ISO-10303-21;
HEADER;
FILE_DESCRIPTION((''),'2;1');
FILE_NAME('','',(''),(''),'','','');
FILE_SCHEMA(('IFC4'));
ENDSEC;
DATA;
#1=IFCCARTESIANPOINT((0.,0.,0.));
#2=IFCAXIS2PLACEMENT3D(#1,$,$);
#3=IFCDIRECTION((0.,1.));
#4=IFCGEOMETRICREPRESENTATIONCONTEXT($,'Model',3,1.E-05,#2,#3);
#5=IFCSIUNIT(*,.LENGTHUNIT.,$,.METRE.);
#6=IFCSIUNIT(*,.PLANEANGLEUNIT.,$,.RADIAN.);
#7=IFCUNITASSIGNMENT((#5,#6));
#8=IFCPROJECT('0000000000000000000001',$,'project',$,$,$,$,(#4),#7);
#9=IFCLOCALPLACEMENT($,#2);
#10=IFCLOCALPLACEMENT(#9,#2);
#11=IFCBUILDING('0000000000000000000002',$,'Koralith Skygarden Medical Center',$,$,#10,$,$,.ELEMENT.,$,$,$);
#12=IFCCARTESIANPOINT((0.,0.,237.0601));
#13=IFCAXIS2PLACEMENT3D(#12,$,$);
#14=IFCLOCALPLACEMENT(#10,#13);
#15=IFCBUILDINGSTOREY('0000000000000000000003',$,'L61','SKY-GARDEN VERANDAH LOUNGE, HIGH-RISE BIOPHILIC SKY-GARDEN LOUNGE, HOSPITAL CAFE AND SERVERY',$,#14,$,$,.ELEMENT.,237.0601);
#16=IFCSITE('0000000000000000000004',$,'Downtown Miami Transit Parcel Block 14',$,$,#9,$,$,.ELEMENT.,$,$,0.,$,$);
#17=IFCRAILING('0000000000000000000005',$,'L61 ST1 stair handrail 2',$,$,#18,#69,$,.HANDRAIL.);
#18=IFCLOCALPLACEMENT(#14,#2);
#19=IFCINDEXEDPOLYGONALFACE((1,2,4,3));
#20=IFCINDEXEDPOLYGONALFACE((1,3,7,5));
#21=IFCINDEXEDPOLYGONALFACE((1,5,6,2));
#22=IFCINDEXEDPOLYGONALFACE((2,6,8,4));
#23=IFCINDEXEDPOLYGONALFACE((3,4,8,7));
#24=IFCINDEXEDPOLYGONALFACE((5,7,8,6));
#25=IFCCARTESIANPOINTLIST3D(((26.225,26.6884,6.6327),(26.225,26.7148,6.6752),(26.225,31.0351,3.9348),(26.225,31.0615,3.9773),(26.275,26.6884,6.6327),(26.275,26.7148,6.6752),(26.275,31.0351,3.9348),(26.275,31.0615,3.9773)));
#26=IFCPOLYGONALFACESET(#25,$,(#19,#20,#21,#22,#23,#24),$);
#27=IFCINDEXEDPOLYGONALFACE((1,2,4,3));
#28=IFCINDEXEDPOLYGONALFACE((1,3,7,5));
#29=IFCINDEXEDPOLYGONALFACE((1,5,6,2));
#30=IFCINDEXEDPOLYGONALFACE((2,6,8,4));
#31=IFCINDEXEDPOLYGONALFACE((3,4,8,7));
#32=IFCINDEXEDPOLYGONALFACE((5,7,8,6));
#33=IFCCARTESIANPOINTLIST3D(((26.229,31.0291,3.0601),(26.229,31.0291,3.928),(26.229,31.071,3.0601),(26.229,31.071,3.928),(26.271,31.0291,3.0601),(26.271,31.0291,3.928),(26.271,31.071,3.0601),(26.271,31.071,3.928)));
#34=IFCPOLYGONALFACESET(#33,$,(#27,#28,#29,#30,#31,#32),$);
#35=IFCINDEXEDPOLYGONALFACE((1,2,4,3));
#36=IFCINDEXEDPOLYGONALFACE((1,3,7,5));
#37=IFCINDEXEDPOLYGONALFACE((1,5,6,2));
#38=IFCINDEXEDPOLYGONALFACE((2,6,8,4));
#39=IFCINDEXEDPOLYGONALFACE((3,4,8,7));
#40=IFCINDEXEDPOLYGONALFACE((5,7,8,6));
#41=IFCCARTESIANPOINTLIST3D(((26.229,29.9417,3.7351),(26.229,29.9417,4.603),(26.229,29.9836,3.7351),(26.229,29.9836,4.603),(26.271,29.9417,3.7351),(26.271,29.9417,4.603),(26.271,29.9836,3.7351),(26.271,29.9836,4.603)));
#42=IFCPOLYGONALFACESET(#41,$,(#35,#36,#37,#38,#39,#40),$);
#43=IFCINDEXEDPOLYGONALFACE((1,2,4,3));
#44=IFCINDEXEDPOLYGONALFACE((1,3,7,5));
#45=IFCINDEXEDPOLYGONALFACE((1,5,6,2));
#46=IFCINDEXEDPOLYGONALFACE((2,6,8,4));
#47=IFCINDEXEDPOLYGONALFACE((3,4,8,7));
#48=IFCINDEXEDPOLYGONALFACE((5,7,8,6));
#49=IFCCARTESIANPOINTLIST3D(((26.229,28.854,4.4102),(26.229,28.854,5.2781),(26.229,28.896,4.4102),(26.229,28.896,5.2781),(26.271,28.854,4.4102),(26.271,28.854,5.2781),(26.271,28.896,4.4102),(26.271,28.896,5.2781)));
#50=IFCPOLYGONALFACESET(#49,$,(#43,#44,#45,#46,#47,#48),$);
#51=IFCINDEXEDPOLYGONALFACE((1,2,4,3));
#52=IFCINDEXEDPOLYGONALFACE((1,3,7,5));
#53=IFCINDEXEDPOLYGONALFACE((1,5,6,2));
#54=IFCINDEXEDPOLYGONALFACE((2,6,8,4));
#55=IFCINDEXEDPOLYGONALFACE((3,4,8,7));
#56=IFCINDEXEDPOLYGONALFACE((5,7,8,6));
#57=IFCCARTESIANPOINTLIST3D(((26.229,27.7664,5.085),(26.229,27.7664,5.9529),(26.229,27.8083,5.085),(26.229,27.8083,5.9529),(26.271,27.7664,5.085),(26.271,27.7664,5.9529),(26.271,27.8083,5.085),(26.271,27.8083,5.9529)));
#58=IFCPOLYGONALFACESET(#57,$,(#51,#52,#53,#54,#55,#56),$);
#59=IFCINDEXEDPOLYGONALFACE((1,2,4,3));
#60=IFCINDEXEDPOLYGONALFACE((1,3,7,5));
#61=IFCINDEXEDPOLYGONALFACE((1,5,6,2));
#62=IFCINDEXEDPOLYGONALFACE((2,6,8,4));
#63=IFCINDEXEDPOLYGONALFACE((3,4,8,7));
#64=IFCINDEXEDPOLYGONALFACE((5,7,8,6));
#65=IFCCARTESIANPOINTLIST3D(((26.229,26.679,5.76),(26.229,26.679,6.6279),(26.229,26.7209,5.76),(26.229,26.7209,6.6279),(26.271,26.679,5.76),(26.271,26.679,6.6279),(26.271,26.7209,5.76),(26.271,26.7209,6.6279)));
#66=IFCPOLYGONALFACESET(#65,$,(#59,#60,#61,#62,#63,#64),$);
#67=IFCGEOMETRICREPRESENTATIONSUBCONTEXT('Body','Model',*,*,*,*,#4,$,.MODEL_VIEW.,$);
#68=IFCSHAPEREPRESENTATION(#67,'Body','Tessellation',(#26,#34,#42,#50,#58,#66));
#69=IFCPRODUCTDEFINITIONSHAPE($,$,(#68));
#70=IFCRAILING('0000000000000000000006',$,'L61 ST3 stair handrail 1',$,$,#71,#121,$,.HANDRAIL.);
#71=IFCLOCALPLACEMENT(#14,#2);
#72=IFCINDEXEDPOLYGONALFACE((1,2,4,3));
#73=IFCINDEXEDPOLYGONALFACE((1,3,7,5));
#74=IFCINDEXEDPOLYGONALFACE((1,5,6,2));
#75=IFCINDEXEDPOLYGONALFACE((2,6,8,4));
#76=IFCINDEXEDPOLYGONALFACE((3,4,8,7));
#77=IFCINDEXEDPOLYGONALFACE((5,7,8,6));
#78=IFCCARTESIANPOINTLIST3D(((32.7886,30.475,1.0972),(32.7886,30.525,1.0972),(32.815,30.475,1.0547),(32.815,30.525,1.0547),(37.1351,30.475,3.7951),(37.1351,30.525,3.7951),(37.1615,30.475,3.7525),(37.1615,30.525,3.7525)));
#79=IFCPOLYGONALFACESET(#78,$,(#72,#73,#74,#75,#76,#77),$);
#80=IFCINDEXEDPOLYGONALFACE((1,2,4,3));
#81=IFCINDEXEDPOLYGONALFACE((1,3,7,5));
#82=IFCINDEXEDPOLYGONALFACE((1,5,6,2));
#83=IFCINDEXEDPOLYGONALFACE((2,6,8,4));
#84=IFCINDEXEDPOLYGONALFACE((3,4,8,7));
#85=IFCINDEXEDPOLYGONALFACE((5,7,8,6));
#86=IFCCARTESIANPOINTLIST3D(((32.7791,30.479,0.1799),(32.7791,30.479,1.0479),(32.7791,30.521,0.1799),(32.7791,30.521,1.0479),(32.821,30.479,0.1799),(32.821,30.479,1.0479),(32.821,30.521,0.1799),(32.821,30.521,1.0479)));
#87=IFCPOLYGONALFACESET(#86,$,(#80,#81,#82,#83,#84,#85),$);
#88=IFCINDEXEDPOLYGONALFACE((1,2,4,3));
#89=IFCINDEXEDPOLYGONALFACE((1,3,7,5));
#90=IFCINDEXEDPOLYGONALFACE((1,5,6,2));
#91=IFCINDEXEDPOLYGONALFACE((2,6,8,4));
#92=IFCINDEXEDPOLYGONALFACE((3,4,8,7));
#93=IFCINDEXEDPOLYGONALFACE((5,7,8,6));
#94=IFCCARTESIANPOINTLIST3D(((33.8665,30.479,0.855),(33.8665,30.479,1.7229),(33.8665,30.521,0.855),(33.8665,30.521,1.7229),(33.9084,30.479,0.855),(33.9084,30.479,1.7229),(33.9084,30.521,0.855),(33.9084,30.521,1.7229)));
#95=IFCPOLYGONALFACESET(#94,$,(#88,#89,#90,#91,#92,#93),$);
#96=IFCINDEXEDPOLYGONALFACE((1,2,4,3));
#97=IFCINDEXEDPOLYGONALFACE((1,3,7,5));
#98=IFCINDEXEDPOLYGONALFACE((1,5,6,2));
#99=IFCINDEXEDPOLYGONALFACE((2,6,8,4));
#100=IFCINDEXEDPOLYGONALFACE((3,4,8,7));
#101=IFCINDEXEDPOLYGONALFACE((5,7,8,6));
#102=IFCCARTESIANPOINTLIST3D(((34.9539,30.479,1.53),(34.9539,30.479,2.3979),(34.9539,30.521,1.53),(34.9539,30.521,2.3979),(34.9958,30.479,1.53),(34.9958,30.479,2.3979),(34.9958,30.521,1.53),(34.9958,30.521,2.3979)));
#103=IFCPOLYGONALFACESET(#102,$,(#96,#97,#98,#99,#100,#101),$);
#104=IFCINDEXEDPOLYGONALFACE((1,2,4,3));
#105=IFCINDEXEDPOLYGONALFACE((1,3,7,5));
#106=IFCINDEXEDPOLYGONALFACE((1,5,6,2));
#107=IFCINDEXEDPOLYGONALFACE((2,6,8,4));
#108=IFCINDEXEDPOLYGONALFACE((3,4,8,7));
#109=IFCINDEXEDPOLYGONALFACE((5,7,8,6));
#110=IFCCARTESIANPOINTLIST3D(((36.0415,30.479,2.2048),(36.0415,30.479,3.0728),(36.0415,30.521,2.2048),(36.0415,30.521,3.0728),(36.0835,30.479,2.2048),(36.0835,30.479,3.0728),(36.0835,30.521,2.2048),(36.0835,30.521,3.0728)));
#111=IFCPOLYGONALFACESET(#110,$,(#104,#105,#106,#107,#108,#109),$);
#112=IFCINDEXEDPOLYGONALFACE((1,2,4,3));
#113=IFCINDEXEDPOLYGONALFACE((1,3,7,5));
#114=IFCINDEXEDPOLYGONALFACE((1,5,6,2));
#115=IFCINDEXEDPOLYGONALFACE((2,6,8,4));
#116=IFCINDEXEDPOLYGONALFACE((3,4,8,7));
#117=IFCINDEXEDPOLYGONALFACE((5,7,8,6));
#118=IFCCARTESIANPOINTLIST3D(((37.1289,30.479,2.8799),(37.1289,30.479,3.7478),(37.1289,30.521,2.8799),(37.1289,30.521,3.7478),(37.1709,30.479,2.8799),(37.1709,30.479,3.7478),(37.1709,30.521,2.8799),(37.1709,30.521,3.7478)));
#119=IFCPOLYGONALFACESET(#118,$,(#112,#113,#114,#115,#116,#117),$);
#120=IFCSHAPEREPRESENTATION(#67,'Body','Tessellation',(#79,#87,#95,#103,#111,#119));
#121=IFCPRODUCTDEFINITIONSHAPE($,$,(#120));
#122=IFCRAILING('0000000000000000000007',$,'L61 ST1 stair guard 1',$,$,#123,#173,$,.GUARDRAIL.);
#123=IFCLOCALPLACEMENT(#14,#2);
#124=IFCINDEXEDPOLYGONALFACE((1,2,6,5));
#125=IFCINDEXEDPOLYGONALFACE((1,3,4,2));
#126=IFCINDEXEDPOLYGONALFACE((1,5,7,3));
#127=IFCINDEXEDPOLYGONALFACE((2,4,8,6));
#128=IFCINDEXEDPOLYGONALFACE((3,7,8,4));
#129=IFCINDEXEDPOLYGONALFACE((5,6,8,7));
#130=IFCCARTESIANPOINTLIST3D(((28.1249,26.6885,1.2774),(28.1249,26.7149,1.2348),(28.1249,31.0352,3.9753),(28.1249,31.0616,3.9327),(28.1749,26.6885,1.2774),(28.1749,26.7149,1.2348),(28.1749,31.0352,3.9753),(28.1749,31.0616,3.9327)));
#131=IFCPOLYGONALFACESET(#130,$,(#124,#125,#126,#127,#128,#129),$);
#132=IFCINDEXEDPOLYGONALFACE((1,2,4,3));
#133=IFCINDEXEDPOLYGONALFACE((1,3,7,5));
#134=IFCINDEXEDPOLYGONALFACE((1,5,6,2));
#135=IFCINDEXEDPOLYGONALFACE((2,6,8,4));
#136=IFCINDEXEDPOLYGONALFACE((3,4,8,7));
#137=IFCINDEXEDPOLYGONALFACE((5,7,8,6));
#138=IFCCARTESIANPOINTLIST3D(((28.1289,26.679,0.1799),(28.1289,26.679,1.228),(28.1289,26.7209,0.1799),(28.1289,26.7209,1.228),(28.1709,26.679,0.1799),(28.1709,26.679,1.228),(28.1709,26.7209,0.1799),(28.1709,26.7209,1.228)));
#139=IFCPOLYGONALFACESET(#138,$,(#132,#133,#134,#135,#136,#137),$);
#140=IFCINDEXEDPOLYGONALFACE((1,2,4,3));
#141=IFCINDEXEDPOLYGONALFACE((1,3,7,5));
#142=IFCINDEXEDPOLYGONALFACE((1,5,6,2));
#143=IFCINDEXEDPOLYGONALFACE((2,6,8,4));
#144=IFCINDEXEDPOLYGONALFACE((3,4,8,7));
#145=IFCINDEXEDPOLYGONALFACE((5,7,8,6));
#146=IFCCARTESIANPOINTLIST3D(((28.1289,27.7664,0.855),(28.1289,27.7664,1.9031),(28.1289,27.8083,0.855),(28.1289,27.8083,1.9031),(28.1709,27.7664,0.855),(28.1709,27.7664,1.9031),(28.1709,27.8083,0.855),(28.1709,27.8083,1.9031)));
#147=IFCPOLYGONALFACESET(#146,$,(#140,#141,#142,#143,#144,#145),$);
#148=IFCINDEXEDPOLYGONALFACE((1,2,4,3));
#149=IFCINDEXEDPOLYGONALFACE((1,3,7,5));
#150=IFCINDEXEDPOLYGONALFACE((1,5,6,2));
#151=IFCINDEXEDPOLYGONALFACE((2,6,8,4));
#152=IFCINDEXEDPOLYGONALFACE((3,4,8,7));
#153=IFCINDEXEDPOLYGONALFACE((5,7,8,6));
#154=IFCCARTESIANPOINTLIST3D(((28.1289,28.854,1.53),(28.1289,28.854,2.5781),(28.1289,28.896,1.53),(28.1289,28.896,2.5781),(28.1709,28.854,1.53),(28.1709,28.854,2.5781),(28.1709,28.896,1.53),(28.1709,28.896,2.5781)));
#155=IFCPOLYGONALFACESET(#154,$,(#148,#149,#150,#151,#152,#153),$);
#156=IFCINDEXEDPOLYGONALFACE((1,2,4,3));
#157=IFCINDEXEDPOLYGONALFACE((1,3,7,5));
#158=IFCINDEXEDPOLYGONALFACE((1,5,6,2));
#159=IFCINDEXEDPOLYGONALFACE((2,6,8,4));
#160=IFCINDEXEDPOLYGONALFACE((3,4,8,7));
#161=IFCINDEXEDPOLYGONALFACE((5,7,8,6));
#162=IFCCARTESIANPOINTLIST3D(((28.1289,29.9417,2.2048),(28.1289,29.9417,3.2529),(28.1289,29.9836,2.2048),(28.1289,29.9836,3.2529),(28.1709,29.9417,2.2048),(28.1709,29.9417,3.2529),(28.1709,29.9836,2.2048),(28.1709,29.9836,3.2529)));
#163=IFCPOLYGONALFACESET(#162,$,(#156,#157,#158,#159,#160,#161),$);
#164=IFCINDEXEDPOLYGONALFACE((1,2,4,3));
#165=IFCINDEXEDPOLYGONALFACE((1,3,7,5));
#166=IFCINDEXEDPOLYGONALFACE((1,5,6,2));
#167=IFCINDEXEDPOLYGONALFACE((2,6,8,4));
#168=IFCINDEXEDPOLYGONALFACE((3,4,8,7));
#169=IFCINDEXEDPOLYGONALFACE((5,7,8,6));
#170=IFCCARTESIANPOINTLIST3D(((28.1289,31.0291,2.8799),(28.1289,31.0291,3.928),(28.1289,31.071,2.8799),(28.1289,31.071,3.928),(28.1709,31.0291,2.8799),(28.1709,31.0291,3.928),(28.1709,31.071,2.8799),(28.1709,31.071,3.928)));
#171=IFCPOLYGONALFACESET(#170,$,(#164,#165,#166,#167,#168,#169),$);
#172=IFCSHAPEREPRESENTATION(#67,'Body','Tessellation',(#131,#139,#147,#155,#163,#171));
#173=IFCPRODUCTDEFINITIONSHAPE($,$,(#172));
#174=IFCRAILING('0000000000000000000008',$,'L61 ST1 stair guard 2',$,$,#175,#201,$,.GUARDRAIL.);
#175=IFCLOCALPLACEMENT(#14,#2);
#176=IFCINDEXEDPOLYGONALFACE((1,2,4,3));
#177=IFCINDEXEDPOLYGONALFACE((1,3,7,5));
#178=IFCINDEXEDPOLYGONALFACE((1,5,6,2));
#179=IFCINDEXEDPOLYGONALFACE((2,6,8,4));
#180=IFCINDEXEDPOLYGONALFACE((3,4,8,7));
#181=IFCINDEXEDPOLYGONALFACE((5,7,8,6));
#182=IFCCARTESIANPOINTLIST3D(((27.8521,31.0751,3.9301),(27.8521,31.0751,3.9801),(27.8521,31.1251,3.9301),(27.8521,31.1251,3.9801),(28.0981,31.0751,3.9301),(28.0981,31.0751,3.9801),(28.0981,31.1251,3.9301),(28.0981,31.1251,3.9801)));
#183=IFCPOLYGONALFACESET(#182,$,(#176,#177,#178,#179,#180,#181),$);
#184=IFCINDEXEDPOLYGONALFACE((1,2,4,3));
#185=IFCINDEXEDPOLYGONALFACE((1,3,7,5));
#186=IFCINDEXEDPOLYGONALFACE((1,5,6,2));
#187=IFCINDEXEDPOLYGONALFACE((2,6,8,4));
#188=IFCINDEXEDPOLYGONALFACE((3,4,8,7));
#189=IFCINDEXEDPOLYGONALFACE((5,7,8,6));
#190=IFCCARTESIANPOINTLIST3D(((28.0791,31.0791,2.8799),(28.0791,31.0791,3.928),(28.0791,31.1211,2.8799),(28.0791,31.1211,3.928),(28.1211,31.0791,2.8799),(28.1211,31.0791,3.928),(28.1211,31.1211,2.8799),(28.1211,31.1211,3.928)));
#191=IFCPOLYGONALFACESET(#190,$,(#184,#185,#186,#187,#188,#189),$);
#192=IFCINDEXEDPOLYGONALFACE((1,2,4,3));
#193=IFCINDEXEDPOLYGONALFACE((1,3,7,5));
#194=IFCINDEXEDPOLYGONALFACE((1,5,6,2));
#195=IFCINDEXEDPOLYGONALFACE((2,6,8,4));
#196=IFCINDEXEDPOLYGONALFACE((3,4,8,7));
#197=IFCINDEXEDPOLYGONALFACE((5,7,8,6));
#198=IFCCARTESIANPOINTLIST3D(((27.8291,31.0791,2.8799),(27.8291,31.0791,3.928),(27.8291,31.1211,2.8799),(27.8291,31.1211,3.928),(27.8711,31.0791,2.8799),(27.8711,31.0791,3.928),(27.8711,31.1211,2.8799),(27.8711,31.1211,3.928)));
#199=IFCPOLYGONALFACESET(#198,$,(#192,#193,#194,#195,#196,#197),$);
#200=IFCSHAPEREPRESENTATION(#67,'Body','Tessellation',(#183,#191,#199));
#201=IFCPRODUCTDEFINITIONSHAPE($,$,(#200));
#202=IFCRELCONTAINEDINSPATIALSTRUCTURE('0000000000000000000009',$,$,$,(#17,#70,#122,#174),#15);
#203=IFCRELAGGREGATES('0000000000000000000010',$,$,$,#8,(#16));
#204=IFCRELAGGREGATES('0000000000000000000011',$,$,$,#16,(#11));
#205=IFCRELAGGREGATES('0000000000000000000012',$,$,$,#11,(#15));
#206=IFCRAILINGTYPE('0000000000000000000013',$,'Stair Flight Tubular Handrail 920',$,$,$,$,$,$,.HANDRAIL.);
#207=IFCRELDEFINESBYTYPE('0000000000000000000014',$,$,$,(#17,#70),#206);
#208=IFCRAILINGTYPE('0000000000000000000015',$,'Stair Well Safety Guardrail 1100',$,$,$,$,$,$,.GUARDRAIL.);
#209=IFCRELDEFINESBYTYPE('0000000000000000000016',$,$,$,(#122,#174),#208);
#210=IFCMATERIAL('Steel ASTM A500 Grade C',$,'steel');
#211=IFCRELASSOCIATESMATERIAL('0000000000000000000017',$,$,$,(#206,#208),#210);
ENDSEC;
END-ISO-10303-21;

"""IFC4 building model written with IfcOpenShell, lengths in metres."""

from ifc_helpers import new_model, si_unit, direction, frame, origin, origin_2d, place, context, subcontext, project, spatial, rectangle, extrude, material, type_object, element, save


model = new_model("IFC4")

# Units and contexts
model_context = context("Model", 3, precision=1e-05, world=origin(), true_north=direction((0.0, 1.0)))
body_context = subcontext(model_context, "Body", "Model", "MODEL_VIEW")
ifc_project = project(units=[si_unit("LENGTHUNIT", "METRE"), si_unit("PLANEANGLEUNIT", "RADIAN")], contexts=[model_context])

# Site, building, storey
site_placement = place(None, origin())
site = spatial("IfcSite", under=ifc_project, at=site_placement, Name="Downtown Miami Transit Parcel Block 14", CompositionType="ELEMENT", RefElevation=0.0)
building_placement = place(site_placement, origin())
building = spatial("IfcBuilding", under=site, at=building_placement, Name="Koralith Skygarden Medical Center", CompositionType="ELEMENT")
storey_placement = place(building_placement, frame((0.0, 0.0, 237.0601)))
storey = spatial("IfcBuildingStorey", under=building, at=storey_placement, Name="L61", Description="SKY-GARDEN VERANDAH LOUNGE, HIGH-RISE BIOPHILIC SKY-GARDEN LOUNGE, HOSPITAL CAFE AND SERVERY", CompositionType="ELEMENT", Elevation=237.0601)

# Shared definitions
ifc_material_1 = material(Name="Steel ASTM A500 Grade C", Category="steel")

# Railings
railing_type_1 = type_object("IfcRailingType", Name="Stair Flight Tubular Handrail 920", PredefinedType="HANDRAIL", material=ifc_material_1)
railing_1_placement = place(storey_placement, frame((26.25, 31.05, 3.0601)))
element("IfcRailing", 1, at=railing_1_placement, inside=storey, type_object=railing_type_1, Name="L61 ST1 stair handrail 2", PredefinedType="HANDRAIL", context=body_context, shape_type="SweptSolid", body=[
    extrude(rectangle(XDim=0.05, YDim=0.05, at=origin_2d()), frame((0.0, -0.0017, 0.896), z_axis=(0.0, -0.84965, 0.527347), x_axis=(1.0, 0.0, 0.0)), (0.0, 0.0, 1.0), 5.116),
    extrude(rectangle(XDim=0.042, YDim=0.042, at=origin_2d()), origin(), (0.0, 0.0, 1.0), 0.8679),
    extrude(rectangle(XDim=0.042, YDim=0.042, at=origin_2d()), frame((0.0, -1.0874, 0.675)), (0.0, 0.0, 1.0), 0.8679),
    extrude(rectangle(XDim=0.042, YDim=0.042, at=origin_2d()), frame((0.0, -2.175, 1.3501)), (0.0, 0.0, 1.0), 0.8679),
    extrude(rectangle(XDim=0.042, YDim=0.042, at=origin_2d()), frame((0.0, -3.2627, 2.0249)), (0.0, 0.0, 1.0), 0.8679),
    extrude(rectangle(XDim=0.042, YDim=0.042, at=origin_2d()), frame((0.0, -4.3501, 2.7)), (0.0, 0.0, 1.0), 0.8679),
])
railing_2_placement = place(storey_placement, frame((32.8, 30.5, 0.1799)))
element("IfcRailing", 2, at=railing_2_placement, inside=storey, type_object=railing_type_1, Name="L61 ST3 stair handrail 1", PredefinedType="HANDRAIL", context=body_context, shape_type="SweptSolid", body=[
    extrude(rectangle(XDim=0.05, YDim=0.05, at=origin_2d()), frame((0.0017, 0.0, 0.896), z_axis=(0.849636, 0.0, 0.527369), x_axis=(0.0, 1.0, 0.0)), (0.0, 0.0, 1.0), 5.1157),
    extrude(rectangle(XDim=0.042, YDim=0.042, at=origin_2d()), origin(), (0.0, 0.0, 1.0), 0.8679),
    extrude(rectangle(XDim=0.042, YDim=0.042, at=origin_2d()), frame((1.0874, 0.0, 0.675)), (0.0, 0.0, 1.0), 0.8679),
    extrude(rectangle(XDim=0.042, YDim=0.042, at=origin_2d()), frame((2.1748, 0.0, 1.3501)), (0.0, 0.0, 1.0), 0.8679),
    extrude(rectangle(XDim=0.042, YDim=0.042, at=origin_2d()), frame((3.2625, 0.0, 2.0249)), (0.0, 0.0, 1.0), 0.8679),
    extrude(rectangle(XDim=0.042, YDim=0.042, at=origin_2d()), frame((4.3499, 0.0, 2.7)), (0.0, 0.0, 1.0), 0.8679),
])
railing_type_2 = type_object("IfcRailingType", Name="Stair Well Safety Guardrail 1100", PredefinedType="GUARDRAIL", material=ifc_material_1)
railing_3_placement = place(storey_placement, frame((28.1499, 26.7, 0.1799)))
element("IfcRailing", 3, at=railing_3_placement, inside=storey, type_object=railing_type_2, Name="L61 ST1 stair guard 1", PredefinedType="GUARDRAIL", context=body_context, shape_type="SweptSolid", body=[
    extrude(rectangle(XDim=0.05, YDim=0.05, at=origin_2d()), frame((0.0, 0.0017, 1.0762), z_axis=(0.0, 0.84965, 0.527347), x_axis=(-1.0, 0.0, 0.0)), (0.0, 0.0, 1.0), 5.116),
    extrude(rectangle(XDim=0.042, YDim=0.042, at=origin_2d()), origin(), (0.0, 0.0, 1.0), 1.0481),
    extrude(rectangle(XDim=0.042, YDim=0.042, at=origin_2d()), frame((0.0, 1.0874, 0.675)), (0.0, 0.0, 1.0), 1.0481),
    extrude(rectangle(XDim=0.042, YDim=0.042, at=origin_2d()), frame((0.0, 2.175, 1.3501)), (0.0, 0.0, 1.0), 1.0481),
    extrude(rectangle(XDim=0.042, YDim=0.042, at=origin_2d()), frame((0.0, 3.2627, 2.0249)), (0.0, 0.0, 1.0), 1.0481),
    extrude(rectangle(XDim=0.042, YDim=0.042, at=origin_2d()), frame((0.0, 4.3501, 2.7)), (0.0, 0.0, 1.0), 1.0481),
])
railing_4_placement = place(storey_placement, frame((28.1001, 31.1001, 2.8799)))
element("IfcRailing", 4, at=railing_4_placement, inside=storey, type_object=railing_type_2, Name="L61 ST1 stair guard 2", PredefinedType="GUARDRAIL", context=body_context, shape_type="SweptSolid", body=[
    extrude(rectangle(XDim=0.05, YDim=0.05, at=origin_2d()), frame((-0.002, 0.0, 1.0752), z_axis=(-1.0, 0.0, 0.0), x_axis=(0.0, -1.0, 0.0)), (0.0, 0.0, 1.0), 0.2461),
    extrude(rectangle(XDim=0.042, YDim=0.042, at=origin_2d()), origin(), (0.0, 0.0, 1.0), 1.0481),
    extrude(rectangle(XDim=0.042, YDim=0.042, at=origin_2d()), frame((-0.25, 0.0, 0.0)), (0.0, 0.0, 1.0), 1.0481),
])

save(model, "model.ifc")
